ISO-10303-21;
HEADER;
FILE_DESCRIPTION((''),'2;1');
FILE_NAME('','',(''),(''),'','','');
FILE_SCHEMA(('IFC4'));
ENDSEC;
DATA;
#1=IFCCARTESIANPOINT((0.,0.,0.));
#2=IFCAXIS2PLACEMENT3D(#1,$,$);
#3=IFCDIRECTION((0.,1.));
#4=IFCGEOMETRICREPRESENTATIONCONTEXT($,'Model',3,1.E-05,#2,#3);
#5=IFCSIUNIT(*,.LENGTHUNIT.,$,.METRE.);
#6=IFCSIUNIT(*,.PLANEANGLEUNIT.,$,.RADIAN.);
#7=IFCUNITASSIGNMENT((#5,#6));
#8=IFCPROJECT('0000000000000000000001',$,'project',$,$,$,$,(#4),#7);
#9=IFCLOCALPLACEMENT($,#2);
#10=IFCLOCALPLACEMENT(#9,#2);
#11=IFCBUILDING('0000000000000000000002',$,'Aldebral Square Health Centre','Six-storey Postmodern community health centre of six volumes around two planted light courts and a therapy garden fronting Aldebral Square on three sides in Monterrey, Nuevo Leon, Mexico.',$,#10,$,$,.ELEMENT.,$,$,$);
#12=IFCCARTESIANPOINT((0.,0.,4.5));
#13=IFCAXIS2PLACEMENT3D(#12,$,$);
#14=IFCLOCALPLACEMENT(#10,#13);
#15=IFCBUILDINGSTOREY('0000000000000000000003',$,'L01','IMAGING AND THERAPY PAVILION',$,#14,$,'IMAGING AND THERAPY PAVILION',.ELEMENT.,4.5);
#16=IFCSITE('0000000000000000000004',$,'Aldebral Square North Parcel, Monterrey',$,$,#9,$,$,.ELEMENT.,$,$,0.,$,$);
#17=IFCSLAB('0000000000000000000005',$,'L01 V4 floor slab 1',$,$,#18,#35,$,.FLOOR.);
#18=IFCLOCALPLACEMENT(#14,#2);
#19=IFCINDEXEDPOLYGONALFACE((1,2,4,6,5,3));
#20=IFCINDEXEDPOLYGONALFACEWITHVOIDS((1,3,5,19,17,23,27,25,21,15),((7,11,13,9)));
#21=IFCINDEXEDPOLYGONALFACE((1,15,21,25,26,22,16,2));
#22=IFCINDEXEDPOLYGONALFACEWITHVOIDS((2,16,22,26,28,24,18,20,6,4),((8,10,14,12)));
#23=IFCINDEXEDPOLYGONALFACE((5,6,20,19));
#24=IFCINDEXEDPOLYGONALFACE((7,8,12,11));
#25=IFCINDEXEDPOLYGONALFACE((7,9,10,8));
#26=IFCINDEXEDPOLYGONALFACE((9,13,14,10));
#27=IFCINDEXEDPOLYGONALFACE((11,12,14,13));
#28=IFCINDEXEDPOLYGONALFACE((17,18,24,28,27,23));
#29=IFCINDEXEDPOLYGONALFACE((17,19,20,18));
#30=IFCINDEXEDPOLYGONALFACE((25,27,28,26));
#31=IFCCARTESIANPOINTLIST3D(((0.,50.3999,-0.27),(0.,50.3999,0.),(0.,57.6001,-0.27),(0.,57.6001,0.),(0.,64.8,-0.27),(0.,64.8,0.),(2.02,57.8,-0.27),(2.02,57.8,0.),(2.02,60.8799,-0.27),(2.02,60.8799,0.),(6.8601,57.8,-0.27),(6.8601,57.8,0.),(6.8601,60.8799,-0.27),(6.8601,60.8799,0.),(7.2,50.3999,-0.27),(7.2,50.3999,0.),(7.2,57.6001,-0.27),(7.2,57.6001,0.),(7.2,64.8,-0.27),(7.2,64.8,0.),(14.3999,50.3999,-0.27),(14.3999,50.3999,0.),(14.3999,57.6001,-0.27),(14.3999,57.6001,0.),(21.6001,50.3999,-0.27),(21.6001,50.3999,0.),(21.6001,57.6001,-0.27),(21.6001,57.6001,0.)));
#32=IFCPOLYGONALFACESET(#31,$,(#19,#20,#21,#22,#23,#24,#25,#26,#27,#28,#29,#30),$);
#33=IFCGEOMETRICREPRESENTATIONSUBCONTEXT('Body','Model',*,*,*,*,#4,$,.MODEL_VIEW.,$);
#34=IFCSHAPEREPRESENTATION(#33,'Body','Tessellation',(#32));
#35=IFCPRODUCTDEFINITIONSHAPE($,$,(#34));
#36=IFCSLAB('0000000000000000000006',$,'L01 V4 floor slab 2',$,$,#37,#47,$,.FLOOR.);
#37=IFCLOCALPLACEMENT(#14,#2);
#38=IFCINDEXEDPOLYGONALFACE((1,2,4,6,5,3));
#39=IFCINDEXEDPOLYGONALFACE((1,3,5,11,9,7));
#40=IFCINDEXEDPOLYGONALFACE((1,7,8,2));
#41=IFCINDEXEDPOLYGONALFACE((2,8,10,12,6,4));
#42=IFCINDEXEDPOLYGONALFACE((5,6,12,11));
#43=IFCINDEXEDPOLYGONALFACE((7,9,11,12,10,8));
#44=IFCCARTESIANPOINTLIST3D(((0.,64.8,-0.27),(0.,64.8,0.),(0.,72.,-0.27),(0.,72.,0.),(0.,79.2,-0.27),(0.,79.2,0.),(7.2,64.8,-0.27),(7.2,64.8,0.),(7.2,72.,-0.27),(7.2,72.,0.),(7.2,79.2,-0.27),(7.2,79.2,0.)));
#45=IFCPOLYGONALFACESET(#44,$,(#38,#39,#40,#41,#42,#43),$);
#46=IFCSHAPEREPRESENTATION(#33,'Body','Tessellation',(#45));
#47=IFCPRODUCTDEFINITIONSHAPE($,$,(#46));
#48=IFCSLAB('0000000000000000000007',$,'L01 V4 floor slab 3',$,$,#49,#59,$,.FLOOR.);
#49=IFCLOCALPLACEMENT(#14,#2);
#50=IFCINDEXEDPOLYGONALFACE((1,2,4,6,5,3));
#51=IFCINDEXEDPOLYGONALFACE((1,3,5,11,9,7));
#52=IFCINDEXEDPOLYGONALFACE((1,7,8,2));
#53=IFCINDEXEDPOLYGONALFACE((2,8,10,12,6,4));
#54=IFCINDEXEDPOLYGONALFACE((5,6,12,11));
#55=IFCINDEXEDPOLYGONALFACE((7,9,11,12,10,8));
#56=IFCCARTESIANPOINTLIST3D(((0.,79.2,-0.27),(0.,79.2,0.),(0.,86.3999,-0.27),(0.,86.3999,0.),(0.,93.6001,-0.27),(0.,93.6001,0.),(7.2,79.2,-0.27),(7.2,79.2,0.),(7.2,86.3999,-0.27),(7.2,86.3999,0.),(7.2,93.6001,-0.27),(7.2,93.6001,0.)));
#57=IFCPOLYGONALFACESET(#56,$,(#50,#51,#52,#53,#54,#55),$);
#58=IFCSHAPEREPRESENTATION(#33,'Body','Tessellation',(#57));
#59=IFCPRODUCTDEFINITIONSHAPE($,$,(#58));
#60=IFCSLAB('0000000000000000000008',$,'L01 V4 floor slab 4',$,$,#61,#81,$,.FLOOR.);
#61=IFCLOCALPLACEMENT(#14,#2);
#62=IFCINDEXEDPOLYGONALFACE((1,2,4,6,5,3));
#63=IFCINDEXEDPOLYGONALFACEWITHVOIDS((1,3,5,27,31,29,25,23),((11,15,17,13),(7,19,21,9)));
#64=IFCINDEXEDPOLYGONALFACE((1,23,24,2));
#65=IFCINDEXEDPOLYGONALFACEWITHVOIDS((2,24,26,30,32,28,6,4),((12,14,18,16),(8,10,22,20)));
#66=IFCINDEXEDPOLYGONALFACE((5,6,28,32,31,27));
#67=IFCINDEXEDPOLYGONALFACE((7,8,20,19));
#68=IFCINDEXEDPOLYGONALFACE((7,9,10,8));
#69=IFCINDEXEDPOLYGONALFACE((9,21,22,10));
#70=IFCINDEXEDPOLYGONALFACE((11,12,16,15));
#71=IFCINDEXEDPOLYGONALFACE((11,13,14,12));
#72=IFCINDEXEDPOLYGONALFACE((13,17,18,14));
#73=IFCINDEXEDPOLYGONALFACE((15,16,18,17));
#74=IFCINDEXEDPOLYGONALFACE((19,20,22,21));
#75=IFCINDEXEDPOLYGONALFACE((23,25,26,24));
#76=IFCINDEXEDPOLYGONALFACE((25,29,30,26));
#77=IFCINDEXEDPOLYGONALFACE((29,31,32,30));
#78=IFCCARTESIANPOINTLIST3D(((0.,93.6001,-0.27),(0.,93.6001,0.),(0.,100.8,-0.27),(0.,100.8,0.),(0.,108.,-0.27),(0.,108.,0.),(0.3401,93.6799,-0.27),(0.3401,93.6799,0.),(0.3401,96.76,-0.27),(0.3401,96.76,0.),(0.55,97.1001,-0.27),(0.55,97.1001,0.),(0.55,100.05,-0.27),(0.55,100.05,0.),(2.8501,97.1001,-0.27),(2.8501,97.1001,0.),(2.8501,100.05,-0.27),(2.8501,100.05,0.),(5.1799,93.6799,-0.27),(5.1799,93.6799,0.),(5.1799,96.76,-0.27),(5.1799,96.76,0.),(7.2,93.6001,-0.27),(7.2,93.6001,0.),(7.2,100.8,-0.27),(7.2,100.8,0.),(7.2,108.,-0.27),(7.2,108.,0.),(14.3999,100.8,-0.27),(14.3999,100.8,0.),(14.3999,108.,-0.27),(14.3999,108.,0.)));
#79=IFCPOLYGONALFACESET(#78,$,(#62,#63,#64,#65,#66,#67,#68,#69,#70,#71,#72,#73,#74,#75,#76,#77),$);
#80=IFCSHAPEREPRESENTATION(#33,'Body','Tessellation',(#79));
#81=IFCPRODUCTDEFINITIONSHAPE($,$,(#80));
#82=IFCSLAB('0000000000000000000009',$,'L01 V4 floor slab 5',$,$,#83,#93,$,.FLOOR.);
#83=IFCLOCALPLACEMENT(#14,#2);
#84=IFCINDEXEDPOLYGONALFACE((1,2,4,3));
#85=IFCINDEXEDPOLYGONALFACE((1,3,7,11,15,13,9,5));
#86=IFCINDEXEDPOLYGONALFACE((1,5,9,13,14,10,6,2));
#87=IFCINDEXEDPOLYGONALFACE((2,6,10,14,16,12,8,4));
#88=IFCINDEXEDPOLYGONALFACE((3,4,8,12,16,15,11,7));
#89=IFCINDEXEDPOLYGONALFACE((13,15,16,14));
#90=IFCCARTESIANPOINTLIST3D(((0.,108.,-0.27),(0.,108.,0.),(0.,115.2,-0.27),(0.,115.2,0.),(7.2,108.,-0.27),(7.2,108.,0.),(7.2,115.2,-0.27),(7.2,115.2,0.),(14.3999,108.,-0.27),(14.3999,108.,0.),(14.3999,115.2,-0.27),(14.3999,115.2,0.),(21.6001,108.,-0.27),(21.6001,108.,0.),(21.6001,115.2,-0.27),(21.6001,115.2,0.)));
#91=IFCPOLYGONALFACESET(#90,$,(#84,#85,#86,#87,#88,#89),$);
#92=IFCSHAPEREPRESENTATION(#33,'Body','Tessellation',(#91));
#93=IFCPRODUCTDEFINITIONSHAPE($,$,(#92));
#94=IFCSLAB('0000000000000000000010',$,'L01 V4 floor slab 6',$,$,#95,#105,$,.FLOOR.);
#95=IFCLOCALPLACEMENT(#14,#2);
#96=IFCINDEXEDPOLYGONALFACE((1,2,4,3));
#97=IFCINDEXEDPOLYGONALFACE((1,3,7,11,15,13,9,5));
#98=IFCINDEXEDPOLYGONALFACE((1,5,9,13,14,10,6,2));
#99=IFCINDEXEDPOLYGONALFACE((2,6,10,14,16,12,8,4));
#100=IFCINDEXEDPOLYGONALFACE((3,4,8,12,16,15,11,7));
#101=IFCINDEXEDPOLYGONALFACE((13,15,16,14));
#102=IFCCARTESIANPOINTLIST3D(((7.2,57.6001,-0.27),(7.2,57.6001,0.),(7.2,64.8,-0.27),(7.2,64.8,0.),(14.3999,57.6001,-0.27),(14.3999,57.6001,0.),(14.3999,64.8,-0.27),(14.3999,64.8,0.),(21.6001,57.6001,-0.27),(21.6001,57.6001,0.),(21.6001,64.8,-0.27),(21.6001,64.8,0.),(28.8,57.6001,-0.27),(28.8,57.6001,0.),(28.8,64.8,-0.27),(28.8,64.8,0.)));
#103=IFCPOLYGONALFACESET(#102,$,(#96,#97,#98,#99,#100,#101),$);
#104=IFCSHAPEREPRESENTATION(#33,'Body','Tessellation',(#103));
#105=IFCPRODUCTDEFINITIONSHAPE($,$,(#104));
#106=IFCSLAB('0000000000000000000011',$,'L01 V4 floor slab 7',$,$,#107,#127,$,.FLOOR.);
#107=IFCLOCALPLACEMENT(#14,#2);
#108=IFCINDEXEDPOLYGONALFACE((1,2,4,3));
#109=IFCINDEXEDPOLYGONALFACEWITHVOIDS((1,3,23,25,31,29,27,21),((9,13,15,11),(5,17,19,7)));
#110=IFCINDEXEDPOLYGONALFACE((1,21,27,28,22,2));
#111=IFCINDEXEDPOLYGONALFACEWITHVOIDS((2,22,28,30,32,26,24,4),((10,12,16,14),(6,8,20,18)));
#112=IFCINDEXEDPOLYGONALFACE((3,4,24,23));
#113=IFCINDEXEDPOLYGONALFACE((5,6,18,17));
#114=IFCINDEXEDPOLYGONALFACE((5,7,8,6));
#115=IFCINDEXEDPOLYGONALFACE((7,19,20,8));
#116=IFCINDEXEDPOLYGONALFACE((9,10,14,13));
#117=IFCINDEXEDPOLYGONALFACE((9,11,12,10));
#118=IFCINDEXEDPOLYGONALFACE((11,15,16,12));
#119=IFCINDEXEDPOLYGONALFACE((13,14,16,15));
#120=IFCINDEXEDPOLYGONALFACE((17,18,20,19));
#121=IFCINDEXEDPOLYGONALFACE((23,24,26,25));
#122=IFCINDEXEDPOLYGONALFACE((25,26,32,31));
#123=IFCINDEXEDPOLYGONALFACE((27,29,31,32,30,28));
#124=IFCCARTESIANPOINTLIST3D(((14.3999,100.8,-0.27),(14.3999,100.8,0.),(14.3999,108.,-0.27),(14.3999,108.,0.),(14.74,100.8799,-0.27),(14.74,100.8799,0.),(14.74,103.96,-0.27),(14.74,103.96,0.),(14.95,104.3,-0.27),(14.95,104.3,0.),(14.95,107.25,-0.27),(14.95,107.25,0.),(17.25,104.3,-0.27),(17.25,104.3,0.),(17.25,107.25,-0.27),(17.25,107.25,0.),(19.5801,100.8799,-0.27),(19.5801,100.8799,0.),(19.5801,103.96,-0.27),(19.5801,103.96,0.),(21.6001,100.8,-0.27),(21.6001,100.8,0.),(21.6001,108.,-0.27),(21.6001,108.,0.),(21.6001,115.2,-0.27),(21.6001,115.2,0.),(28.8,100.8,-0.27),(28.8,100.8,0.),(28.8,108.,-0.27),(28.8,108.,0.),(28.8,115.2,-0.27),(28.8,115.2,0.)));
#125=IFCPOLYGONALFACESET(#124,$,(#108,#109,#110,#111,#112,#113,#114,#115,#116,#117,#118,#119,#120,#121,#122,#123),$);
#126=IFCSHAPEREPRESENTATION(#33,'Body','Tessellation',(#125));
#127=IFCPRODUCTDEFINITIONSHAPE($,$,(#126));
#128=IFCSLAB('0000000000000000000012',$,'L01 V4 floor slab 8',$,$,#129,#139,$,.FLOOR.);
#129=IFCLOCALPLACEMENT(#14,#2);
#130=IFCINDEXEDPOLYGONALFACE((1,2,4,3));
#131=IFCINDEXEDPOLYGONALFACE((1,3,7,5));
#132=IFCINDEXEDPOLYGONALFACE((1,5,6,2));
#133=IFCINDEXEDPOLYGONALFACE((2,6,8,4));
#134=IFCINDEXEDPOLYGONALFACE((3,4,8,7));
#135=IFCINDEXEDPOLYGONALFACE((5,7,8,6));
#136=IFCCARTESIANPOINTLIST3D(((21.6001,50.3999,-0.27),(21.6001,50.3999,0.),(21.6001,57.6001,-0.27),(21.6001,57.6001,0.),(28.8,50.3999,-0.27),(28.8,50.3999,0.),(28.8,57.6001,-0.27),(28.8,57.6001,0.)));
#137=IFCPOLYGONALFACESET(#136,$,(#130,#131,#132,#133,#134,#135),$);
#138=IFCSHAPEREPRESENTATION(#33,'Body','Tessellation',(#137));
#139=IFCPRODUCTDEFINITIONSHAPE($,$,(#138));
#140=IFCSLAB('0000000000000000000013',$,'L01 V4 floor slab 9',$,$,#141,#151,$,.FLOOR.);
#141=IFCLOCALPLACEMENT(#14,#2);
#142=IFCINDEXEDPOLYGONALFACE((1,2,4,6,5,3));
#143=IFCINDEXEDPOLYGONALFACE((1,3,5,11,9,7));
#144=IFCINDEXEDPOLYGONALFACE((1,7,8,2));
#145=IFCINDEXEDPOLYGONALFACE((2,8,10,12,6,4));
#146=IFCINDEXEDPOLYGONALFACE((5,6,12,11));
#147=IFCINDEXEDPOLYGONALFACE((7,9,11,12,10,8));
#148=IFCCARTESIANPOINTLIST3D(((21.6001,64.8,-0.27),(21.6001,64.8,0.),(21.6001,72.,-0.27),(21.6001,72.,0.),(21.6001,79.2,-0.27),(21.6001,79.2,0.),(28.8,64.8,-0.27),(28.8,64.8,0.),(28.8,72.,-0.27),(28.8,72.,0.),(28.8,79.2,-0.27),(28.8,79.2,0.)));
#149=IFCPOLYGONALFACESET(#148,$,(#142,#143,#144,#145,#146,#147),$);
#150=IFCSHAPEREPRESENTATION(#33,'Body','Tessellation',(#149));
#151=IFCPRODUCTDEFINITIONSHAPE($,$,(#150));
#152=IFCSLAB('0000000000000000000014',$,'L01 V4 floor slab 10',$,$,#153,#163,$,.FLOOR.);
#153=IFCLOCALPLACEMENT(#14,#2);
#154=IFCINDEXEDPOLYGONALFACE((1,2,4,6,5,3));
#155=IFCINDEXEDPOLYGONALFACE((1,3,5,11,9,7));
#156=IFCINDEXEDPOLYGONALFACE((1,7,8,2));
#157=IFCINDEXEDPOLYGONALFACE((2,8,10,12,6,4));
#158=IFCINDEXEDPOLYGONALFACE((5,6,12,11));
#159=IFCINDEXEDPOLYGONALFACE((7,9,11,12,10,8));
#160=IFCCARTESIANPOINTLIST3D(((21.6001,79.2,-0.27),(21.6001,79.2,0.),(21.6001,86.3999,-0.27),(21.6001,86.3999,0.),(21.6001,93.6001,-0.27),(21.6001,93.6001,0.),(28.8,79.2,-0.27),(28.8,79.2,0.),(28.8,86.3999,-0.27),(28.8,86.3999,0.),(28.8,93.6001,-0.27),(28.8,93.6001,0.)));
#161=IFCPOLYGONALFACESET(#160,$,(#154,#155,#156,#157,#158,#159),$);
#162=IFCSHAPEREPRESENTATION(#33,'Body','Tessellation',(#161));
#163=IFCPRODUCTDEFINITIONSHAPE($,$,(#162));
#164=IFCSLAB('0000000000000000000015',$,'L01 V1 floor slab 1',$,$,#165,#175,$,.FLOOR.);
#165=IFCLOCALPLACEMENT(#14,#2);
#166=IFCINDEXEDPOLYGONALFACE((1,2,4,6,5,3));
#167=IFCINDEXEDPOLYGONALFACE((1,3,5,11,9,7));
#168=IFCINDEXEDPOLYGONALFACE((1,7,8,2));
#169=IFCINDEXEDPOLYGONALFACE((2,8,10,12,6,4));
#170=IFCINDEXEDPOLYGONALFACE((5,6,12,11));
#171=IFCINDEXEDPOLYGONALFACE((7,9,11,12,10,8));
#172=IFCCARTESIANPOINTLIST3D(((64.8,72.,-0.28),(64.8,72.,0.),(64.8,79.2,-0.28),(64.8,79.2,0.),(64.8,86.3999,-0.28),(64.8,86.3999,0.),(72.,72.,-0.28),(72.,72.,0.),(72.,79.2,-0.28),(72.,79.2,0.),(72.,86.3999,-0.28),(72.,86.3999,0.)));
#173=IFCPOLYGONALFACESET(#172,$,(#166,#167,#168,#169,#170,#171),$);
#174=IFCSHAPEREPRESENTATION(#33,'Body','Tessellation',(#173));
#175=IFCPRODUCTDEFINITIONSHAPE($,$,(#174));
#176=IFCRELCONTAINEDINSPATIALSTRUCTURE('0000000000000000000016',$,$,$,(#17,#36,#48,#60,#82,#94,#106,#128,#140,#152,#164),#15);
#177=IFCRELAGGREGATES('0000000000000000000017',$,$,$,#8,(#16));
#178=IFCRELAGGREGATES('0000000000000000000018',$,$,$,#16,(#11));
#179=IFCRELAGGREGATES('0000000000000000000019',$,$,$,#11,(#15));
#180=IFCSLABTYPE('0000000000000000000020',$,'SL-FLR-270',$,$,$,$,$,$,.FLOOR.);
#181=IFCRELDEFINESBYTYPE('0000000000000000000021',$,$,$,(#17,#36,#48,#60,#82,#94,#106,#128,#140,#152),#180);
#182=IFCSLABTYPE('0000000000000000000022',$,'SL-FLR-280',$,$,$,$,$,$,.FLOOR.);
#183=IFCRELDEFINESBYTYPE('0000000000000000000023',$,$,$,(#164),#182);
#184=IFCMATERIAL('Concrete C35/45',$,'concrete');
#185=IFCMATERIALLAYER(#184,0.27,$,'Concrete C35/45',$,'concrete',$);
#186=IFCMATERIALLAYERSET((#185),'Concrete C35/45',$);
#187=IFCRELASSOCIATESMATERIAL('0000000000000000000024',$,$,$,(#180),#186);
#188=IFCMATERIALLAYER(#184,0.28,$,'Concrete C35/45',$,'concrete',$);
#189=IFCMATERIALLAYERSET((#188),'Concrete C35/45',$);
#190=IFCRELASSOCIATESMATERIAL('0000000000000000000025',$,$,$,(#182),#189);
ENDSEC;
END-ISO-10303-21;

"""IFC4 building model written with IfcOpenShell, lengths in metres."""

from ifc_helpers import new_model, si_unit, direction, frame, origin, place, context, subcontext, project, spatial, polyline, outline, extrude, material, layer, layer_set, type_object, element, save


model = new_model("IFC4")

# Units and contexts
model_context = context("Model", 3, precision=1e-05, world=origin(), true_north=direction((0.0, 1.0)))
body_context = subcontext(model_context, "Body", "Model", "MODEL_VIEW")
ifc_project = project(units=[si_unit("LENGTHUNIT", "METRE"), si_unit("PLANEANGLEUNIT", "RADIAN")], contexts=[model_context])

# Site, building, storey
site_placement = place(None, origin())
site = spatial("IfcSite", under=ifc_project, at=site_placement, Name="Aldebral Square North Parcel, Monterrey", CompositionType="ELEMENT", RefElevation=0.0)
building_placement = place(site_placement, origin())
building = spatial("IfcBuilding", under=site, at=building_placement, Name="Aldebral Square Health Centre", Description="Six-storey Postmodern community health centre of six volumes around two planted light courts and a therapy garden fronting Aldebral Square on three sides in Monterrey, Nuevo Leon, Mexico.", CompositionType="ELEMENT")
storey_placement = place(building_placement, frame((0.0, 0.0, 4.5)))
storey = spatial("IfcBuildingStorey", under=building, at=storey_placement, Name="L01", Description="IMAGING AND THERAPY PAVILION", LongName="IMAGING AND THERAPY PAVILION", CompositionType="ELEMENT", Elevation=4.5)

# Slabs
ifc_material = material(Name="Concrete C35/45", Category="concrete")
ifc_layer_1 = layer(ifc_material, 0.27, Name="Concrete C35/45", Category="concrete")
ifc_layer_set_1 = layer_set([ifc_layer_1], Name="Concrete C35/45")
slab_type_1 = type_object("IfcSlabType", Name="SL-FLR-270", PredefinedType="FLOOR", material=ifc_layer_set_1)
slab_1_placement = place(storey_placement, frame((0.0, 0.0, -0.27)))
element("IfcSlab", 1, at=slab_1_placement, inside=storey, type_object=slab_type_1, Name="L01 V4 floor slab 1", PredefinedType="FLOOR", context=body_context, shape_type="SweptSolid", body=[
    extrude(outline(polyline([(0.0, 64.8), (7.2, 64.8), (7.2, 57.6001), (14.3999, 57.6001), (21.6001, 57.6001), (21.6001, 50.3999), (14.3999, 50.3999), (7.2, 50.3999), (0.0, 50.3999), (0.0, 57.6001), (0.0, 64.8)]), holes=[polyline([(6.8601, 60.8799), (2.02, 60.8799), (2.02, 57.8), (6.8601, 57.8), (6.8601, 60.8799)])]), origin(), (0.0, 0.0, 1.0), 0.27),
])
slab_2_placement = place(storey_placement, frame((0.0, 0.0, -0.27)))
element("IfcSlab", 2, at=slab_2_placement, inside=storey, type_object=slab_type_1, Name="L01 V4 floor slab 2", PredefinedType="FLOOR", context=body_context, shape_type="SweptSolid", body=[
    extrude(outline(polyline([(0.0, 64.8), (0.0, 72.0), (0.0, 79.2), (7.2, 79.2), (7.2, 72.0), (7.2, 64.8), (0.0, 64.8)])), origin(), (0.0, 0.0, 1.0), 0.27),
])
slab_3_placement = place(storey_placement, frame((0.0, 0.0, -0.27)))
element("IfcSlab", 3, at=slab_3_placement, inside=storey, type_object=slab_type_1, Name="L01 V4 floor slab 3", PredefinedType="FLOOR", context=body_context, shape_type="SweptSolid", body=[
    extrude(outline(polyline([(0.0, 79.2), (0.0, 86.3999), (0.0, 93.6001), (7.2, 93.6001), (7.2, 86.3999), (7.2, 79.2), (0.0, 79.2)])), origin(), (0.0, 0.0, 1.0), 0.27),
])
slab_4_placement = place(storey_placement, frame((0.0, 0.0, -0.27)))
element("IfcSlab", 4, at=slab_4_placement, inside=storey, type_object=slab_type_1, Name="L01 V4 floor slab 4", PredefinedType="FLOOR", context=body_context, shape_type="SweptSolid", body=[
    extrude(outline(polyline([(0.0, 93.6001), (0.0, 100.8), (0.0, 108.0), (7.2, 108.0), (14.3999, 108.0), (14.3999, 100.8), (7.2, 100.8), (7.2, 93.6001), (0.0, 93.6001)]), holes=[polyline([(5.1799, 96.76), (0.3401, 96.76), (0.3401, 93.6799), (5.1799, 93.6799), (5.1799, 96.76)]), polyline([(2.8501, 100.05), (0.55, 100.05), (0.55, 97.1001), (2.8501, 97.1001), (2.8501, 100.05)])]), origin(), (0.0, 0.0, 1.0), 0.27),
])
slab_5_placement = place(storey_placement, frame((0.0, 0.0, -0.27)))
element("IfcSlab", 5, at=slab_5_placement, inside=storey, type_object=slab_type_1, Name="L01 V4 floor slab 5", PredefinedType="FLOOR", context=body_context, shape_type="SweptSolid", body=[
    extrude(outline(polyline([(0.0, 115.2), (7.2, 115.2), (14.3999, 115.2), (21.6001, 115.2), (21.6001, 108.0), (14.3999, 108.0), (7.2, 108.0), (0.0, 108.0), (0.0, 115.2)])), origin(), (0.0, 0.0, 1.0), 0.27),
])
slab_6_placement = place(storey_placement, frame((0.0, 0.0, -0.27)))
element("IfcSlab", 6, at=slab_6_placement, inside=storey, type_object=slab_type_1, Name="L01 V4 floor slab 6", PredefinedType="FLOOR", context=body_context, shape_type="SweptSolid", body=[
    extrude(outline(polyline([(7.2, 64.8), (14.3999, 64.8), (21.6001, 64.8), (28.8, 64.8), (28.8, 57.6001), (21.6001, 57.6001), (14.3999, 57.6001), (7.2, 57.6001), (7.2, 64.8)])), origin(), (0.0, 0.0, 1.0), 0.27),
])
slab_7_placement = place(storey_placement, frame((0.0, 0.0, -0.27)))
element("IfcSlab", 7, at=slab_7_placement, inside=storey, type_object=slab_type_1, Name="L01 V4 floor slab 7", PredefinedType="FLOOR", context=body_context, shape_type="SweptSolid", body=[
    extrude(outline(polyline([(14.3999, 108.0), (21.6001, 108.0), (21.6001, 115.2), (28.8, 115.2), (28.8, 108.0), (28.8, 100.8), (21.6001, 100.8), (14.3999, 100.8), (14.3999, 108.0)]), holes=[polyline([(19.5801, 103.96), (14.74, 103.96), (14.74, 100.8799), (19.5801, 100.8799), (19.5801, 103.96)]), polyline([(17.25, 107.25), (14.95, 107.25), (14.95, 104.3), (17.25, 104.3), (17.25, 107.25)])]), origin(), (0.0, 0.0, 1.0), 0.27),
])
slab_8_placement = place(storey_placement, frame((0.0, 0.0, -0.27)))
element("IfcSlab", 8, at=slab_8_placement, inside=storey, type_object=slab_type_1, Name="L01 V4 floor slab 8", PredefinedType="FLOOR", context=body_context, shape_type="SweptSolid", body=[
    extrude(outline(polyline([(21.6001, 50.3999), (21.6001, 57.6001), (28.8, 57.6001), (28.8, 50.3999), (21.6001, 50.3999)])), origin(), (0.0, 0.0, 1.0), 0.27),
])
slab_9_placement = place(storey_placement, frame((0.0, 0.0, -0.27)))
element("IfcSlab", 9, at=slab_9_placement, inside=storey, type_object=slab_type_1, Name="L01 V4 floor slab 9", PredefinedType="FLOOR", context=body_context, shape_type="SweptSolid", body=[
    extrude(outline(polyline([(21.6001, 64.8), (21.6001, 72.0), (21.6001, 79.2), (28.8, 79.2), (28.8, 72.0), (28.8, 64.8), (21.6001, 64.8)])), origin(), (0.0, 0.0, 1.0), 0.27),
])
slab_10_placement = place(storey_placement, frame((0.0, 0.0, -0.27)))
element("IfcSlab", 10, at=slab_10_placement, inside=storey, type_object=slab_type_1, Name="L01 V4 floor slab 10", PredefinedType="FLOOR", context=body_context, shape_type="SweptSolid", body=[
    extrude(outline(polyline([(21.6001, 79.2), (21.6001, 86.3999), (21.6001, 93.6001), (28.8, 93.6001), (28.8, 86.3999), (28.8, 79.2), (21.6001, 79.2)])), origin(), (0.0, 0.0, 1.0), 0.27),
])
ifc_layer_2 = layer(ifc_material, 0.28, Name="Concrete C35/45", Category="concrete")
ifc_layer_set_2 = layer_set([ifc_layer_2], Name="Concrete C35/45")
slab_type_2 = type_object("IfcSlabType", Name="SL-FLR-280", PredefinedType="FLOOR", material=ifc_layer_set_2)
slab_11_placement = place(storey_placement, frame((0.0, 0.0, -0.28)))
element("IfcSlab", 11, at=slab_11_placement, inside=storey, type_object=slab_type_2, Name="L01 V1 floor slab 1", PredefinedType="FLOOR", context=body_context, shape_type="SweptSolid", body=[
    extrude(outline(polyline([(64.8, 72.0), (64.8, 79.2), (64.8, 86.3999), (72.0, 86.3999), (72.0, 79.2), (72.0, 72.0), (64.8, 72.0)])), origin(), (0.0, 0.0, 1.0), 0.28),
])

save(model, "model.ifc")
